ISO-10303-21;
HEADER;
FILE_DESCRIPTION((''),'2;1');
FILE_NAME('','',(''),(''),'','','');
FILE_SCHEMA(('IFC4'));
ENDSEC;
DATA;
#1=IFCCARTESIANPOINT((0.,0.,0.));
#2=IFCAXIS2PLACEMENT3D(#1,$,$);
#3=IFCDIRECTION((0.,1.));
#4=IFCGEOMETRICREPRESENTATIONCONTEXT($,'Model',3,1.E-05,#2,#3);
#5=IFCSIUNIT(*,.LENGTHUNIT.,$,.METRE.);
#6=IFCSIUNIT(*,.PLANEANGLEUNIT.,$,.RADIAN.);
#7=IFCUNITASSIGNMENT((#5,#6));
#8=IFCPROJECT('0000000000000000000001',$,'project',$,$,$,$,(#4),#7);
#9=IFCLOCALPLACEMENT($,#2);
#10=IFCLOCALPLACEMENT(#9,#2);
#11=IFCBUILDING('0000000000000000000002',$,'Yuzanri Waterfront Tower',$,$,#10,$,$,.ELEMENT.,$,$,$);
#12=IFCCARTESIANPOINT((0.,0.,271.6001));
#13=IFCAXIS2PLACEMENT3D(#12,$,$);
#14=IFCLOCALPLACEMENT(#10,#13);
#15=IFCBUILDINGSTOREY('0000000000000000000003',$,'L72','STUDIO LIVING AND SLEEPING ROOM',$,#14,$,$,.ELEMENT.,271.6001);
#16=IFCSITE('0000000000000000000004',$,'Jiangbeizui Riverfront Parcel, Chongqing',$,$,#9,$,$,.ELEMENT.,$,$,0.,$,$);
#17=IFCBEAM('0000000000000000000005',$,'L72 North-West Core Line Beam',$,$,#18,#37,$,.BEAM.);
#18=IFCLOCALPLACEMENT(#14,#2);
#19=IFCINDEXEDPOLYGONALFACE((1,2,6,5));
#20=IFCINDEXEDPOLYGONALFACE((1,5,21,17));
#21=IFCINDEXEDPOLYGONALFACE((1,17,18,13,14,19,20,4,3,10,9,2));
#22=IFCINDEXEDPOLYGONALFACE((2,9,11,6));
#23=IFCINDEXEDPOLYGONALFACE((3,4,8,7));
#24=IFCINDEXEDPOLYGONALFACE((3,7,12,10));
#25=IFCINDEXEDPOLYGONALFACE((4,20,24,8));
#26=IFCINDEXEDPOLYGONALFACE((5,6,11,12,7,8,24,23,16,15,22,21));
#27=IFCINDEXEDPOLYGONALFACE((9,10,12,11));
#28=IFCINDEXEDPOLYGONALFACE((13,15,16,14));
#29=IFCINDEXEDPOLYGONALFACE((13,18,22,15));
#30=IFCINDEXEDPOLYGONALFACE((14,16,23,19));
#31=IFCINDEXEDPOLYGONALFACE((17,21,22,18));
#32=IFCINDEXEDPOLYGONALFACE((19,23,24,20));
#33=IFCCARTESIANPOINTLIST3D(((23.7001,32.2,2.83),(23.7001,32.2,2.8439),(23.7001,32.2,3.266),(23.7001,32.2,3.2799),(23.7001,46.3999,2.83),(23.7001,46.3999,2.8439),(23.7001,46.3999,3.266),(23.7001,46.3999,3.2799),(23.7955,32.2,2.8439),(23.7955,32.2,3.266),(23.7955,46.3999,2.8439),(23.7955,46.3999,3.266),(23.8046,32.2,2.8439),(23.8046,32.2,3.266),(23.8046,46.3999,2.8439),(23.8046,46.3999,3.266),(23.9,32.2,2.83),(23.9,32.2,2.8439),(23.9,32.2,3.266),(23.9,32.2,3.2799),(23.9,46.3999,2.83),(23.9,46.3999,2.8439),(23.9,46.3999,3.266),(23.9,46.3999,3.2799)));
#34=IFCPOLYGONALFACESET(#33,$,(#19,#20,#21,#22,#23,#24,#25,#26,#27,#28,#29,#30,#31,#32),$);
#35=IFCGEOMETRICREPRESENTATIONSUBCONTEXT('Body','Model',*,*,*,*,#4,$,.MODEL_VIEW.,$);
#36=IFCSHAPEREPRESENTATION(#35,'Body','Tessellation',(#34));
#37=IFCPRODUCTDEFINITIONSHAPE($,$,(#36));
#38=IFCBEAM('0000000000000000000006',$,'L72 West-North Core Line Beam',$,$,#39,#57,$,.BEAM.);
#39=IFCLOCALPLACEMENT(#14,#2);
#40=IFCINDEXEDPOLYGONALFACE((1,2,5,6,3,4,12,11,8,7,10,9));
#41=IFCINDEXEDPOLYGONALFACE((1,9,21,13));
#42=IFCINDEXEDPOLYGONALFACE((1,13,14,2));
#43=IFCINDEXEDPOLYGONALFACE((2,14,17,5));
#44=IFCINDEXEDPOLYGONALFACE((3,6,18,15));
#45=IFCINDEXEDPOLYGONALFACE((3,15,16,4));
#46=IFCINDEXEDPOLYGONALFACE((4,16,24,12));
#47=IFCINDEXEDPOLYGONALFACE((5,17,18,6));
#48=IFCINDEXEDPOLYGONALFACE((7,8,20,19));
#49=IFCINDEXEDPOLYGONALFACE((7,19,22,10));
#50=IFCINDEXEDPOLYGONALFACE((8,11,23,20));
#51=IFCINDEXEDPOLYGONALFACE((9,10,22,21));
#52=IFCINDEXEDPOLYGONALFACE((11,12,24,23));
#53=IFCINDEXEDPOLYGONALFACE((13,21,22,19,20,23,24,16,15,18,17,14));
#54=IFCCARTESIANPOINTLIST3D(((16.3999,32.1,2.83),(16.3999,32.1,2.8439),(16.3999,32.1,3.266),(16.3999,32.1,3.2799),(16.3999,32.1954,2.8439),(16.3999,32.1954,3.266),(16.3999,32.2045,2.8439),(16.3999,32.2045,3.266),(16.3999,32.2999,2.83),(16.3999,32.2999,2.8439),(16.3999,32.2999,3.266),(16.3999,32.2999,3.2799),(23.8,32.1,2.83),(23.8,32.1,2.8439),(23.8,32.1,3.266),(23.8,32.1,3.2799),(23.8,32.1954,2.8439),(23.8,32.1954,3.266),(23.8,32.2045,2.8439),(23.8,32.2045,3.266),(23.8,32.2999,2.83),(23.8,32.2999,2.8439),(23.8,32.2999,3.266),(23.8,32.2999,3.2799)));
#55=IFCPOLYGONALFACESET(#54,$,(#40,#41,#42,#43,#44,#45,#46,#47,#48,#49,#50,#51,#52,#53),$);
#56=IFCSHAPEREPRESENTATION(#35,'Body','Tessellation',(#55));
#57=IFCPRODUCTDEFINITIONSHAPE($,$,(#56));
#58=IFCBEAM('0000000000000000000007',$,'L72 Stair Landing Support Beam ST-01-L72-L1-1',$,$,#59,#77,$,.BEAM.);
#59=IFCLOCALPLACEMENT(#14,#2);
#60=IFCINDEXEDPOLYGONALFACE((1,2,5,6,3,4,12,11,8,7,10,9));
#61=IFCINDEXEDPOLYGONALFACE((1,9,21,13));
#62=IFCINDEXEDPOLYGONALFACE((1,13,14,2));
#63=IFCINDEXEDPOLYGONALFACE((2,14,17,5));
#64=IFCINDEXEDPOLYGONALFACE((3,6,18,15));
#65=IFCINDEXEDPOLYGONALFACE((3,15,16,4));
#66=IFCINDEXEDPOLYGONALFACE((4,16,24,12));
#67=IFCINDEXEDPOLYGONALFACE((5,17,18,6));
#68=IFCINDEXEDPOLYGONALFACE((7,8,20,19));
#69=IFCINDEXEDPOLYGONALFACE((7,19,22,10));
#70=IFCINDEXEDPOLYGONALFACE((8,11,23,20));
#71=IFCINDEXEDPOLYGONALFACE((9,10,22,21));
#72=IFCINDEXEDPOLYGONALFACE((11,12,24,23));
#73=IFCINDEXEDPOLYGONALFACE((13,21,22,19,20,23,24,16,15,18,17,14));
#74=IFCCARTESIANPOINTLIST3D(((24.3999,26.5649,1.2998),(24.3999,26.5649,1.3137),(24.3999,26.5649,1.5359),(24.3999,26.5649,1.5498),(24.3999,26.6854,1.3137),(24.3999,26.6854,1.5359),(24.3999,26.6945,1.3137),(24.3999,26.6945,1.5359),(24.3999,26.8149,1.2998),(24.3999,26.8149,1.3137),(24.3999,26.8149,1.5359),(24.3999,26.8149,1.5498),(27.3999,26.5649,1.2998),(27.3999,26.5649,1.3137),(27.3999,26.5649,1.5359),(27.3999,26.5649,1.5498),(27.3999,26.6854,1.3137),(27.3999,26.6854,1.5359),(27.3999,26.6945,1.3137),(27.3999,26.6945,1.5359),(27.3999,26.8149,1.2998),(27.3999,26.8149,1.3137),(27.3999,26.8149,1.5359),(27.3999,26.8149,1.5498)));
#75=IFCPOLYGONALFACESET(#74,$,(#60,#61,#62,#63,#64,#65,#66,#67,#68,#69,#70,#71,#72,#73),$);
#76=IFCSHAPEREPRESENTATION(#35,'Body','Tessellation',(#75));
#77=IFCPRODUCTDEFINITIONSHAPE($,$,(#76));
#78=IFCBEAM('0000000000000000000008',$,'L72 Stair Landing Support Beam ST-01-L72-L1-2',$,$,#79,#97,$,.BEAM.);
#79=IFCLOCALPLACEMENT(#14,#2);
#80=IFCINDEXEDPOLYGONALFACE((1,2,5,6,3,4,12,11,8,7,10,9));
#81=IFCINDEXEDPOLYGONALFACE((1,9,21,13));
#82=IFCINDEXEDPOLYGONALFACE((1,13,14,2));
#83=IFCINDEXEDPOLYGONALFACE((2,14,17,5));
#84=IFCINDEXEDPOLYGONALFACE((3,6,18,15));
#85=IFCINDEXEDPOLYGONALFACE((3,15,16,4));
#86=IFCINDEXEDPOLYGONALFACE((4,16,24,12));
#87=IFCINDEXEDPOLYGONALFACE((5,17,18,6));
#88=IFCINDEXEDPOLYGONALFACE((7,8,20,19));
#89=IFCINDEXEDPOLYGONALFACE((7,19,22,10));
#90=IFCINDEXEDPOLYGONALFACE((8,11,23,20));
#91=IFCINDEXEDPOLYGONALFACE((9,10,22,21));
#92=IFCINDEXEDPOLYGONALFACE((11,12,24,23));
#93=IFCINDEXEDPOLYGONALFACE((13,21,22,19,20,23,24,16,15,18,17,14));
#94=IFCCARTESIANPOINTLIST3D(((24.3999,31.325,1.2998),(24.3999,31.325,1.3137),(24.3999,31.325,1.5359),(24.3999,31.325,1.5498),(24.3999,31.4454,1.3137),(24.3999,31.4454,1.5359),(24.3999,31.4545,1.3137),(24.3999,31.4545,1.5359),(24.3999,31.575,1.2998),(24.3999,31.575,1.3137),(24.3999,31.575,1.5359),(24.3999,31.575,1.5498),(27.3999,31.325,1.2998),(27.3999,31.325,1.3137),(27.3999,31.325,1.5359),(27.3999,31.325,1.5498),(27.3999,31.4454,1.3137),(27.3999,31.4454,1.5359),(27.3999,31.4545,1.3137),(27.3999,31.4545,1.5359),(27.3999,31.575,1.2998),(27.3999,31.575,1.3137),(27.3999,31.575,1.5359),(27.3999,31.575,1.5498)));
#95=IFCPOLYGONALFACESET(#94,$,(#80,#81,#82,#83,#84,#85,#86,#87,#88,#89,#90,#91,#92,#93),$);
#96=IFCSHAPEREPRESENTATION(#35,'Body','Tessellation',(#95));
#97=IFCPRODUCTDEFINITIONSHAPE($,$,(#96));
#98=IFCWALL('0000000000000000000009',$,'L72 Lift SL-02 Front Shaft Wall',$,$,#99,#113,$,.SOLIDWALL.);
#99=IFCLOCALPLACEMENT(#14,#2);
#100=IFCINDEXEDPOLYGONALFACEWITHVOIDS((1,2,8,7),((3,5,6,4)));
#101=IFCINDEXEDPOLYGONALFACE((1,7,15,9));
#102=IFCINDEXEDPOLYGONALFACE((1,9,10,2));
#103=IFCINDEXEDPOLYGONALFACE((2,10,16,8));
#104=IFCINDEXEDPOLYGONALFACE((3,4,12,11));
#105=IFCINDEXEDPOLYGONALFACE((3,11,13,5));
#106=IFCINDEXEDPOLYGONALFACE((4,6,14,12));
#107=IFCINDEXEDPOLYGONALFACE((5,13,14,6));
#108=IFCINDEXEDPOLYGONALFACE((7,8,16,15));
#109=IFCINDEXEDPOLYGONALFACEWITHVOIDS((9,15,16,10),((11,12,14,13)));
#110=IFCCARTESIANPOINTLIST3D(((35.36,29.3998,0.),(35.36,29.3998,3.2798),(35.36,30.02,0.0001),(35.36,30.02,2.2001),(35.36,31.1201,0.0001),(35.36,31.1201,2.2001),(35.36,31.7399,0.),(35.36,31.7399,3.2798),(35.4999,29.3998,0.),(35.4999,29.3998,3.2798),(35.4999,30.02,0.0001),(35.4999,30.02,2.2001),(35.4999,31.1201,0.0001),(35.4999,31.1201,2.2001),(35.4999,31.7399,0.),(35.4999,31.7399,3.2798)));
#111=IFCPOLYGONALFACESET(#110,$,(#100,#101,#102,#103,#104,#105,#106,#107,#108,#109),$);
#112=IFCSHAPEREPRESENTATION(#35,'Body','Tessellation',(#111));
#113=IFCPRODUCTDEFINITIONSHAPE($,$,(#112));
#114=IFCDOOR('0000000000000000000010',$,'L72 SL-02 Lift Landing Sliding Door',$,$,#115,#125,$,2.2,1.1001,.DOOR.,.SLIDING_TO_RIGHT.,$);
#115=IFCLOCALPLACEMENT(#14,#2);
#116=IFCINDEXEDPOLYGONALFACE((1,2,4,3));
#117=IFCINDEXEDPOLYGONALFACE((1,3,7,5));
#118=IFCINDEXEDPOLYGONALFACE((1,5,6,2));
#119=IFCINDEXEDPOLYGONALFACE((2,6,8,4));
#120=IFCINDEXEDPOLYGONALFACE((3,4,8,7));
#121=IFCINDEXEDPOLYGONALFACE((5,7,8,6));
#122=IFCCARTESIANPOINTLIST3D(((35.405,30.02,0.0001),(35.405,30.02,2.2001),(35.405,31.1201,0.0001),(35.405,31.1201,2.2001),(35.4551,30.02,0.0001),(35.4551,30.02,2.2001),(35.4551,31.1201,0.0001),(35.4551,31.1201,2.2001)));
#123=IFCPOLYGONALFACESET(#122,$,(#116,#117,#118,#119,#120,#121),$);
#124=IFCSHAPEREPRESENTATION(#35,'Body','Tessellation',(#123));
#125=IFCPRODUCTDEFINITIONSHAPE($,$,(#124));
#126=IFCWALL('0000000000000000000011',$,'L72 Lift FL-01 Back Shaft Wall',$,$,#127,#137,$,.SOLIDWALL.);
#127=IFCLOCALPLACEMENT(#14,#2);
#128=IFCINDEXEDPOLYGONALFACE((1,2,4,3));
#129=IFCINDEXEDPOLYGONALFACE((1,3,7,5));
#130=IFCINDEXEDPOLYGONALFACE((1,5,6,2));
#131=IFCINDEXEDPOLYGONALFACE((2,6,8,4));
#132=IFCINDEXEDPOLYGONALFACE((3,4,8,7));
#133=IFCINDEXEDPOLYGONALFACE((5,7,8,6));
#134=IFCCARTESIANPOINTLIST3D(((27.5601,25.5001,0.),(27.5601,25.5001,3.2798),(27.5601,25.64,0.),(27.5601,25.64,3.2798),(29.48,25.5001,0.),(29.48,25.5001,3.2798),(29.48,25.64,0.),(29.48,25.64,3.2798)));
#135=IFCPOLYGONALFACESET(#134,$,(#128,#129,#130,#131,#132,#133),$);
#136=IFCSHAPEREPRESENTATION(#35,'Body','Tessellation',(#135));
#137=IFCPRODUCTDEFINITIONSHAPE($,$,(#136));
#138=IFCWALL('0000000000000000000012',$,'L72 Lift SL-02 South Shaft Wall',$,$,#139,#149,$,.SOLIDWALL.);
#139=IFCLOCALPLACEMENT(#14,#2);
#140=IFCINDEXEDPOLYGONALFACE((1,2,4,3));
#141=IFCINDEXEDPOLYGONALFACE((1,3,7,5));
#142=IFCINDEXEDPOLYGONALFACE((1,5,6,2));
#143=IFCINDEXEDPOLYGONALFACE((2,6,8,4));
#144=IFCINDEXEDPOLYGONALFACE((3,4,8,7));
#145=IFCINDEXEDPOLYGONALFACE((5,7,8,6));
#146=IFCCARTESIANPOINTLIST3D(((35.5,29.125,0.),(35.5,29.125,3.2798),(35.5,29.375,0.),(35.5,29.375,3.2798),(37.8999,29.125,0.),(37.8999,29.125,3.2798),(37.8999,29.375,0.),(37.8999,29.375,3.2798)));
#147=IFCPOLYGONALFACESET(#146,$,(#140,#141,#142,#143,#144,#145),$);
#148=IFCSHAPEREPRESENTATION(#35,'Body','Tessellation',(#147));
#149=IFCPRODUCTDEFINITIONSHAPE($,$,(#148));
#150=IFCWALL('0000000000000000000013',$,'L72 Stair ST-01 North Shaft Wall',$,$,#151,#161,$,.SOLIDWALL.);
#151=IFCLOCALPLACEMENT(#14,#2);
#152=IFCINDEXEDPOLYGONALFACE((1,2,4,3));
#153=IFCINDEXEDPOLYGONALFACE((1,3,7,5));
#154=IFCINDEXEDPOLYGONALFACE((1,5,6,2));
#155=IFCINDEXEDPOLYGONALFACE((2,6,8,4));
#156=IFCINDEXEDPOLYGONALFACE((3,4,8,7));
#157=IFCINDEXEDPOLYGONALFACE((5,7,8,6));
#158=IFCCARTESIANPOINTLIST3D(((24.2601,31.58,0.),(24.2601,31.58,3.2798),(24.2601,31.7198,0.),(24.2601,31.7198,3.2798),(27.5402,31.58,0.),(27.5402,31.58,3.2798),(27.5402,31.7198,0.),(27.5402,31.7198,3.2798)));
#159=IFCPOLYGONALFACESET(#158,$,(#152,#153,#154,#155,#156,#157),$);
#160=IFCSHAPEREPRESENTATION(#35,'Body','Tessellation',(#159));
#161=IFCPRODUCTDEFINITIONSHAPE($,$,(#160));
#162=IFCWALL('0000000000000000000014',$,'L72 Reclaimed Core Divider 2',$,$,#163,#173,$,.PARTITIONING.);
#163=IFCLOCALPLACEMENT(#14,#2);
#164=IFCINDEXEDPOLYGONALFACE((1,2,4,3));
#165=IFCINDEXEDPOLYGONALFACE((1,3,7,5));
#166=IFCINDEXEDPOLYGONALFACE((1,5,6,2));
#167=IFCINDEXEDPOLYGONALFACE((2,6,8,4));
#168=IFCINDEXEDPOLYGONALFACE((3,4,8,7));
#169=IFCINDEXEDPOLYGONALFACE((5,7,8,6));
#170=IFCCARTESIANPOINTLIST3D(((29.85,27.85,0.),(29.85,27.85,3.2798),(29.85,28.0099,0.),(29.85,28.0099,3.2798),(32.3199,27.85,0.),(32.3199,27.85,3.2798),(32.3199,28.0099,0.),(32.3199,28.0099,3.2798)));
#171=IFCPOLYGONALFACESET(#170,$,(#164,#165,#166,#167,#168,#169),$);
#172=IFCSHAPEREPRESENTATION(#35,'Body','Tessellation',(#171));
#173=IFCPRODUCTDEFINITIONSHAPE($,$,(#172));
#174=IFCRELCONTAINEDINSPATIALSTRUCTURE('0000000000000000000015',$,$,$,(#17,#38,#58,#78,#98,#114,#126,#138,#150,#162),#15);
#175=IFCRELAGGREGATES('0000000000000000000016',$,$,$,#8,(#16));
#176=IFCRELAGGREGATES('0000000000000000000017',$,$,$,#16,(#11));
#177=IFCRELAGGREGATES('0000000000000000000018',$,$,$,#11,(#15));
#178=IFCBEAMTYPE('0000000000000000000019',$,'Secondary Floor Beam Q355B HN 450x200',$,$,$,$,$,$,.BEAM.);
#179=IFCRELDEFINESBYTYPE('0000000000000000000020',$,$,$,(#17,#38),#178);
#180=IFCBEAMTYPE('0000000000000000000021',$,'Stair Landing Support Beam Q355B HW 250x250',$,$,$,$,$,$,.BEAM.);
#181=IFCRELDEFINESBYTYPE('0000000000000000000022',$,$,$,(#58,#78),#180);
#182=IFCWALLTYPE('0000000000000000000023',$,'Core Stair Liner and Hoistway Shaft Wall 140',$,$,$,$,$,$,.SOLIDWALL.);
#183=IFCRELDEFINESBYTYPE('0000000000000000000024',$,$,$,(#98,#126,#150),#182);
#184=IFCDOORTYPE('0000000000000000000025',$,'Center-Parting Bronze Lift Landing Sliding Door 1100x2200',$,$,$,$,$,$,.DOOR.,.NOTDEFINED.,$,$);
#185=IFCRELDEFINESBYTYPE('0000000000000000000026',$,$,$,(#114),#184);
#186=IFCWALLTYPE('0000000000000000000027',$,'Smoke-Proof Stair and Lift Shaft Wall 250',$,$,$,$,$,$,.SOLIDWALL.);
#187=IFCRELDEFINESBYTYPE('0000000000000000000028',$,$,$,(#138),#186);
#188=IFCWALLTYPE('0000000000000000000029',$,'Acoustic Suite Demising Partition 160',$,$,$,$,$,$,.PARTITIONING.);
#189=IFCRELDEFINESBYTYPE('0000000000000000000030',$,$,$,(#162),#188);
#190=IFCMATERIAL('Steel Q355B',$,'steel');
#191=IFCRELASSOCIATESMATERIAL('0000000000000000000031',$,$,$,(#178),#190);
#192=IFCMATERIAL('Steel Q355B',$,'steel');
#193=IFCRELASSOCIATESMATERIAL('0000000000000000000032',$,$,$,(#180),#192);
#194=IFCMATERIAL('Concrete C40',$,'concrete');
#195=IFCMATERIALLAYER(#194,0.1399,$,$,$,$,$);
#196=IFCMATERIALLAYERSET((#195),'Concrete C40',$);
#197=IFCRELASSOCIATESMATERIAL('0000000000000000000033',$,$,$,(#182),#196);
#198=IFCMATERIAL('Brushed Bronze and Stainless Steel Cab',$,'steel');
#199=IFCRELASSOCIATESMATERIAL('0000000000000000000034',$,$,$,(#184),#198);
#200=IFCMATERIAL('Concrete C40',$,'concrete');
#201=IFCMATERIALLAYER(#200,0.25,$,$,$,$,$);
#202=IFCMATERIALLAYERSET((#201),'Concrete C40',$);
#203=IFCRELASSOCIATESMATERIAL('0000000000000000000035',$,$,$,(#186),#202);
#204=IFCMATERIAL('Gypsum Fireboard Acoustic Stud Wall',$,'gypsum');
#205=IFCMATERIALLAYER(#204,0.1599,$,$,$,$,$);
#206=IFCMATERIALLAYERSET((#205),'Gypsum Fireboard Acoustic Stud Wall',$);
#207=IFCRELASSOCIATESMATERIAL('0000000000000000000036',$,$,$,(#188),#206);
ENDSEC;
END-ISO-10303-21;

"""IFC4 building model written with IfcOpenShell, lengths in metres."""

from ifc_helpers import new_model, si_unit, direction, frame, frame_2d, origin, origin_2d, place, context, subcontext, project, spatial, rectangle, i_section, extrude, source, transform, mapped, material, layer, layer_set, material_profile, profile_set, type_object, element, fill, save


model = new_model("IFC4")

# Units and contexts
model_context = context("Model", 3, precision=1e-05, world=origin(), true_north=direction((0.0, 1.0)))
body_context = subcontext(model_context, "Body", "Model", "MODEL_VIEW")
ifc_project = project(units=[si_unit("LENGTHUNIT", "METRE"), si_unit("PLANEANGLEUNIT", "RADIAN")], contexts=[model_context])

# Site, building, storey
site_placement = place(None, origin())
site = spatial("IfcSite", under=ifc_project, at=site_placement, Name="Jiangbeizui Riverfront Parcel, Chongqing", CompositionType="ELEMENT", RefElevation=0.0)
building_placement = place(site_placement, origin())
building = spatial("IfcBuilding", under=site, at=building_placement, Name="Yuzanri Waterfront Tower", CompositionType="ELEMENT")
storey_placement = place(building_placement, frame((0.0, 0.0, 271.6001)))
storey = spatial("IfcBuildingStorey", under=building, at=storey_placement, Name="L72", Description="STUDIO LIVING AND SLEEPING ROOM", CompositionType="ELEMENT", Elevation=271.6001)

# Beams
ifc_material_1 = material(Name="Steel Q355B", Category="steel")
ifc_material_profile_1 = material_profile(ifc_material_1, i_section(OverallWidth=0.2, OverallDepth=0.45, WebThickness=0.009, FlangeThickness=0.0139, at=origin_2d()), Name="HN 450x200x9x14")
ifc_profile_set_1 = profile_set([ifc_material_profile_1], Name="Steel Q355B")
beam_type_1 = type_object("IfcBeamType", Name="Secondary Floor Beam Q355B HN 450x200", PredefinedType="BEAM", material=ifc_profile_set_1)
shared_shape_1 = source(origin(), body_context, "Body", "SweptSolid", [
    extrude(i_section(OverallWidth=0.2, OverallDepth=0.45, WebThickness=0.009, FlangeThickness=0.0139, at=origin_2d()), origin(), (0.0, 0.0, 1.0), 14.2),
])
beam_1_placement = place(storey_placement, frame((23.8, 32.2, 3.0549), z_axis=(0.0, 1.0, 0.0), x_axis=(-1.0, 0.0, 0.0)))
element("IfcBeam", 1, at=beam_1_placement, inside=storey, type_object=beam_type_1, Name="L72 North-West Core Line Beam", PredefinedType="BEAM", context=body_context, shape_type="MappedRepresentation", body=[
    mapped(shared_shape_1, transform((0.0, 0.0, 0.0), scale=1.0)),
])
shared_shape_2 = source(origin(), body_context, "Body", "SweptSolid", [
    extrude(i_section(OverallWidth=0.2, OverallDepth=0.45, WebThickness=0.009, FlangeThickness=0.0139, at=origin_2d()), origin(), (0.0, 0.0, 1.0), 7.4001),
])
beam_2_placement = place(storey_placement, frame((23.8, 32.2, 3.0549), z_axis=(-1.0, 0.0, 0.0), x_axis=(0.0, -1.0, 0.0)))
element("IfcBeam", 2, at=beam_2_placement, inside=storey, type_object=beam_type_1, Name="L72 West-North Core Line Beam", PredefinedType="BEAM", context=body_context, shape_type="MappedRepresentation", body=[
    mapped(shared_shape_2, transform((0.0, 0.0, 0.0), scale=1.0)),
])
ifc_material_2 = material(Name="Steel Q355B", Category="steel")
ifc_material_profile_2 = material_profile(ifc_material_2, i_section(OverallWidth=0.25, OverallDepth=0.25, WebThickness=0.009, FlangeThickness=0.0139, at=origin_2d()), Name="HW 250x250x9x14")
ifc_profile_set_2 = profile_set([ifc_material_profile_2], Name="Steel Q355B")
beam_type_2 = type_object("IfcBeamType", Name="Stair Landing Support Beam Q355B HW 250x250", PredefinedType="BEAM", material=ifc_profile_set_2)
shared_shape_3 = source(origin(), body_context, "Body", "SweptSolid", [
    extrude(i_section(OverallWidth=0.25, OverallDepth=0.25, WebThickness=0.009, FlangeThickness=0.0139, at=origin_2d()), origin(), (0.0, 0.0, 1.0), 3.0),
])
for number, where, z_axis, x_axis, name in (
    (3, (24.3999, 26.6899, 1.4248), (1.0, 0.0, 0.0), (0.0, 1.0, 0.0), "L72 Stair Landing Support Beam ST-01-L72-L1-1"),
    (4, (24.3999, 31.45, 1.4248), (1.0, 0.0, 0.0), (0.0, 1.0, 0.0), "L72 Stair Landing Support Beam ST-01-L72-L1-2"),
):
    element("IfcBeam", number, at=place(storey_placement, frame(where, z_axis=z_axis, x_axis=x_axis)), inside=storey, type_object=beam_type_2, Name=name, PredefinedType="BEAM", context=body_context, shape_type="MappedRepresentation", body=[
        mapped(shared_shape_3, transform((0.0, 0.0, 0.0), scale=1.0)),
    ])

# Wall, opening, door
ifc_material_3 = material(Name="Concrete C40", Category="concrete")
ifc_layer_1 = layer(ifc_material_3, 0.1399)
ifc_layer_set_1 = layer_set([ifc_layer_1], Name="Concrete C40")
wall_type_1 = type_object("IfcWallType", Name="Core Stair Liner and Hoistway Shaft Wall 140", PredefinedType="SOLIDWALL", material=ifc_layer_set_1)
wall_1_placement = place(storey_placement, frame((35.4299, 29.3999, 0.0), z_axis=(0.0, 0.0, 1.0), x_axis=(0.0, 1.0, 0.0)))
wall_1 = element("IfcWall", 5, at=wall_1_placement, inside=storey, type_object=wall_type_1, Name="L72 Lift SL-02 Front Shaft Wall", PredefinedType="SOLIDWALL", context=body_context, shape_type="SweptSolid", body=[
    extrude(rectangle(XDim=2.3401, YDim=0.1399, at=frame_2d((1.1699, 0.0))), origin(), (0.0, 0.0, 1.0), 3.2798),
])
opening_1_placement = place(wall_1_placement, frame((0.6201, 0.0, 0.0)))
opening_1 = element("IfcOpeningElement", 6, at=opening_1_placement, cuts=wall_1, PredefinedType="OPENING", context=body_context, shape_type="SweptSolid", body=[
    extrude(rectangle(XDim=1.1001, YDim=2.2, at=frame_2d((0.55, 1.1001))), frame((0.0, 0.085, 0.0), z_axis=(0.0, -1.0, 0.0), x_axis=(1.0, 0.0, 0.0)), (0.0, 0.0, 1.0), 0.1697),
])
ifc_material_4 = material(Name="Brushed Bronze and Stainless Steel Cab", Category="steel")
door_type_1 = type_object("IfcDoorType", Name="Center-Parting Bronze Lift Landing Sliding Door 1100x2200", OperationType="NOTDEFINED", PredefinedType="DOOR", material=ifc_material_4)
shared_shape_4 = source(origin(), body_context, "Body", "SweptSolid", [
    extrude(rectangle(XDim=1.1001, YDim=2.2, at=frame_2d((0.55, 1.1001))), frame((0.0, 0.0249, 0.0), z_axis=(0.0, -1.0, 0.0), x_axis=(1.0, 0.0, 0.0)), (0.0, 0.0, 1.0), 0.05),
])
door_1_placement = place(opening_1_placement, origin())
door_1 = element("IfcDoor", 7, at=door_1_placement, inside=storey, type_object=door_type_1, Name="L72 SL-02 Lift Landing Sliding Door", OperationType="SLIDING_TO_RIGHT", OverallHeight=2.2, OverallWidth=1.1001, PredefinedType="DOOR", context=body_context, shape_type="MappedRepresentation", body=[
    mapped(shared_shape_4, transform((0.0, 0.0, 0.0), scale=1.0)),
])
fill(opening_1, door_1)

# Walls
shared_shape_5 = source(origin(), body_context, "Body", "SweptSolid", [
    extrude(rectangle(XDim=1.9199, YDim=0.1399, at=frame_2d((0.96, 0.0))), origin(), (0.0, 0.0, 1.0), 3.2798),
])
wall_2_placement = place(storey_placement, frame((27.5601, 25.5701, 0.0), z_axis=(0.0, 0.0, 1.0), x_axis=(1.0, 0.0, 0.0)))
element("IfcWall", 8, at=wall_2_placement, inside=storey, type_object=wall_type_1, Name="L72 Lift FL-01 Back Shaft Wall", PredefinedType="SOLIDWALL", context=body_context, shape_type="MappedRepresentation", body=[
    mapped(shared_shape_5, transform((0.0, 0.0, 0.0), scale=1.0)),
])
ifc_material_5 = material(Name="Concrete C40", Category="concrete")
ifc_layer_2 = layer(ifc_material_5, 0.25)
ifc_layer_set_2 = layer_set([ifc_layer_2], Name="Concrete C40")
wall_type_2 = type_object("IfcWallType", Name="Smoke-Proof Stair and Lift Shaft Wall 250", PredefinedType="SOLIDWALL", material=ifc_layer_set_2)
shared_shape_6 = source(origin(), body_context, "Body", "SweptSolid", [
    extrude(rectangle(XDim=2.3999, YDim=0.25, at=frame_2d((1.2, 0.0))), origin(), (0.0, 0.0, 1.0), 3.2798),
])
wall_3_placement = place(storey_placement, frame((35.5, 29.25, 0.0), z_axis=(0.0, 0.0, 1.0), x_axis=(1.0, 0.0, 0.0)))
element("IfcWall", 9, at=wall_3_placement, inside=storey, type_object=wall_type_2, Name="L72 Lift SL-02 South Shaft Wall", PredefinedType="SOLIDWALL", context=body_context, shape_type="MappedRepresentation", body=[
    mapped(shared_shape_6, transform((0.0, 0.0, 0.0), scale=1.0)),
])
shared_shape_7 = source(origin(), body_context, "Body", "SweptSolid", [
    extrude(rectangle(XDim=3.28, YDim=0.1399, at=frame_2d((1.6401, 0.0))), origin(), (0.0, 0.0, 1.0), 3.2798),
])
wall_4_placement = place(storey_placement, frame((24.26, 31.6499, 0.0), z_axis=(0.0, 0.0, 1.0), x_axis=(1.0, 0.0, 0.0)))
element("IfcWall", 10, at=wall_4_placement, inside=storey, type_object=wall_type_1, Name="L72 Stair ST-01 North Shaft Wall", PredefinedType="SOLIDWALL", context=body_context, shape_type="MappedRepresentation", body=[
    mapped(shared_shape_7, transform((0.0, 0.0, 0.0), scale=1.0)),
])
ifc_material_6 = material(Name="Gypsum Fireboard Acoustic Stud Wall", Category="gypsum")
ifc_layer_3 = layer(ifc_material_6, 0.1599)
ifc_layer_set_3 = layer_set([ifc_layer_3], Name="Gypsum Fireboard Acoustic Stud Wall")
wall_type_3 = type_object("IfcWallType", Name="Acoustic Suite Demising Partition 160", PredefinedType="PARTITIONING", material=ifc_layer_set_3)
shared_shape_8 = source(origin(), body_context, "Body", "SweptSolid", [
    extrude(rectangle(XDim=2.47, YDim=0.1599, at=frame_2d((1.2349, 0.0))), origin(), (0.0, 0.0, 1.0), 3.2798),
])
wall_5_placement = place(storey_placement, frame((29.8501, 27.9299, 0.0), z_axis=(0.0, 0.0, 1.0), x_axis=(1.0, 0.0, 0.0)))
element("IfcWall", 11, at=wall_5_placement, inside=storey, type_object=wall_type_3, Name="L72 Reclaimed Core Divider 2", PredefinedType="PARTITIONING", context=body_context, shape_type="MappedRepresentation", body=[
    mapped(shared_shape_8, transform((0.0, 0.0, 0.0), scale=1.0)),
])

save(model, "model.ifc")
